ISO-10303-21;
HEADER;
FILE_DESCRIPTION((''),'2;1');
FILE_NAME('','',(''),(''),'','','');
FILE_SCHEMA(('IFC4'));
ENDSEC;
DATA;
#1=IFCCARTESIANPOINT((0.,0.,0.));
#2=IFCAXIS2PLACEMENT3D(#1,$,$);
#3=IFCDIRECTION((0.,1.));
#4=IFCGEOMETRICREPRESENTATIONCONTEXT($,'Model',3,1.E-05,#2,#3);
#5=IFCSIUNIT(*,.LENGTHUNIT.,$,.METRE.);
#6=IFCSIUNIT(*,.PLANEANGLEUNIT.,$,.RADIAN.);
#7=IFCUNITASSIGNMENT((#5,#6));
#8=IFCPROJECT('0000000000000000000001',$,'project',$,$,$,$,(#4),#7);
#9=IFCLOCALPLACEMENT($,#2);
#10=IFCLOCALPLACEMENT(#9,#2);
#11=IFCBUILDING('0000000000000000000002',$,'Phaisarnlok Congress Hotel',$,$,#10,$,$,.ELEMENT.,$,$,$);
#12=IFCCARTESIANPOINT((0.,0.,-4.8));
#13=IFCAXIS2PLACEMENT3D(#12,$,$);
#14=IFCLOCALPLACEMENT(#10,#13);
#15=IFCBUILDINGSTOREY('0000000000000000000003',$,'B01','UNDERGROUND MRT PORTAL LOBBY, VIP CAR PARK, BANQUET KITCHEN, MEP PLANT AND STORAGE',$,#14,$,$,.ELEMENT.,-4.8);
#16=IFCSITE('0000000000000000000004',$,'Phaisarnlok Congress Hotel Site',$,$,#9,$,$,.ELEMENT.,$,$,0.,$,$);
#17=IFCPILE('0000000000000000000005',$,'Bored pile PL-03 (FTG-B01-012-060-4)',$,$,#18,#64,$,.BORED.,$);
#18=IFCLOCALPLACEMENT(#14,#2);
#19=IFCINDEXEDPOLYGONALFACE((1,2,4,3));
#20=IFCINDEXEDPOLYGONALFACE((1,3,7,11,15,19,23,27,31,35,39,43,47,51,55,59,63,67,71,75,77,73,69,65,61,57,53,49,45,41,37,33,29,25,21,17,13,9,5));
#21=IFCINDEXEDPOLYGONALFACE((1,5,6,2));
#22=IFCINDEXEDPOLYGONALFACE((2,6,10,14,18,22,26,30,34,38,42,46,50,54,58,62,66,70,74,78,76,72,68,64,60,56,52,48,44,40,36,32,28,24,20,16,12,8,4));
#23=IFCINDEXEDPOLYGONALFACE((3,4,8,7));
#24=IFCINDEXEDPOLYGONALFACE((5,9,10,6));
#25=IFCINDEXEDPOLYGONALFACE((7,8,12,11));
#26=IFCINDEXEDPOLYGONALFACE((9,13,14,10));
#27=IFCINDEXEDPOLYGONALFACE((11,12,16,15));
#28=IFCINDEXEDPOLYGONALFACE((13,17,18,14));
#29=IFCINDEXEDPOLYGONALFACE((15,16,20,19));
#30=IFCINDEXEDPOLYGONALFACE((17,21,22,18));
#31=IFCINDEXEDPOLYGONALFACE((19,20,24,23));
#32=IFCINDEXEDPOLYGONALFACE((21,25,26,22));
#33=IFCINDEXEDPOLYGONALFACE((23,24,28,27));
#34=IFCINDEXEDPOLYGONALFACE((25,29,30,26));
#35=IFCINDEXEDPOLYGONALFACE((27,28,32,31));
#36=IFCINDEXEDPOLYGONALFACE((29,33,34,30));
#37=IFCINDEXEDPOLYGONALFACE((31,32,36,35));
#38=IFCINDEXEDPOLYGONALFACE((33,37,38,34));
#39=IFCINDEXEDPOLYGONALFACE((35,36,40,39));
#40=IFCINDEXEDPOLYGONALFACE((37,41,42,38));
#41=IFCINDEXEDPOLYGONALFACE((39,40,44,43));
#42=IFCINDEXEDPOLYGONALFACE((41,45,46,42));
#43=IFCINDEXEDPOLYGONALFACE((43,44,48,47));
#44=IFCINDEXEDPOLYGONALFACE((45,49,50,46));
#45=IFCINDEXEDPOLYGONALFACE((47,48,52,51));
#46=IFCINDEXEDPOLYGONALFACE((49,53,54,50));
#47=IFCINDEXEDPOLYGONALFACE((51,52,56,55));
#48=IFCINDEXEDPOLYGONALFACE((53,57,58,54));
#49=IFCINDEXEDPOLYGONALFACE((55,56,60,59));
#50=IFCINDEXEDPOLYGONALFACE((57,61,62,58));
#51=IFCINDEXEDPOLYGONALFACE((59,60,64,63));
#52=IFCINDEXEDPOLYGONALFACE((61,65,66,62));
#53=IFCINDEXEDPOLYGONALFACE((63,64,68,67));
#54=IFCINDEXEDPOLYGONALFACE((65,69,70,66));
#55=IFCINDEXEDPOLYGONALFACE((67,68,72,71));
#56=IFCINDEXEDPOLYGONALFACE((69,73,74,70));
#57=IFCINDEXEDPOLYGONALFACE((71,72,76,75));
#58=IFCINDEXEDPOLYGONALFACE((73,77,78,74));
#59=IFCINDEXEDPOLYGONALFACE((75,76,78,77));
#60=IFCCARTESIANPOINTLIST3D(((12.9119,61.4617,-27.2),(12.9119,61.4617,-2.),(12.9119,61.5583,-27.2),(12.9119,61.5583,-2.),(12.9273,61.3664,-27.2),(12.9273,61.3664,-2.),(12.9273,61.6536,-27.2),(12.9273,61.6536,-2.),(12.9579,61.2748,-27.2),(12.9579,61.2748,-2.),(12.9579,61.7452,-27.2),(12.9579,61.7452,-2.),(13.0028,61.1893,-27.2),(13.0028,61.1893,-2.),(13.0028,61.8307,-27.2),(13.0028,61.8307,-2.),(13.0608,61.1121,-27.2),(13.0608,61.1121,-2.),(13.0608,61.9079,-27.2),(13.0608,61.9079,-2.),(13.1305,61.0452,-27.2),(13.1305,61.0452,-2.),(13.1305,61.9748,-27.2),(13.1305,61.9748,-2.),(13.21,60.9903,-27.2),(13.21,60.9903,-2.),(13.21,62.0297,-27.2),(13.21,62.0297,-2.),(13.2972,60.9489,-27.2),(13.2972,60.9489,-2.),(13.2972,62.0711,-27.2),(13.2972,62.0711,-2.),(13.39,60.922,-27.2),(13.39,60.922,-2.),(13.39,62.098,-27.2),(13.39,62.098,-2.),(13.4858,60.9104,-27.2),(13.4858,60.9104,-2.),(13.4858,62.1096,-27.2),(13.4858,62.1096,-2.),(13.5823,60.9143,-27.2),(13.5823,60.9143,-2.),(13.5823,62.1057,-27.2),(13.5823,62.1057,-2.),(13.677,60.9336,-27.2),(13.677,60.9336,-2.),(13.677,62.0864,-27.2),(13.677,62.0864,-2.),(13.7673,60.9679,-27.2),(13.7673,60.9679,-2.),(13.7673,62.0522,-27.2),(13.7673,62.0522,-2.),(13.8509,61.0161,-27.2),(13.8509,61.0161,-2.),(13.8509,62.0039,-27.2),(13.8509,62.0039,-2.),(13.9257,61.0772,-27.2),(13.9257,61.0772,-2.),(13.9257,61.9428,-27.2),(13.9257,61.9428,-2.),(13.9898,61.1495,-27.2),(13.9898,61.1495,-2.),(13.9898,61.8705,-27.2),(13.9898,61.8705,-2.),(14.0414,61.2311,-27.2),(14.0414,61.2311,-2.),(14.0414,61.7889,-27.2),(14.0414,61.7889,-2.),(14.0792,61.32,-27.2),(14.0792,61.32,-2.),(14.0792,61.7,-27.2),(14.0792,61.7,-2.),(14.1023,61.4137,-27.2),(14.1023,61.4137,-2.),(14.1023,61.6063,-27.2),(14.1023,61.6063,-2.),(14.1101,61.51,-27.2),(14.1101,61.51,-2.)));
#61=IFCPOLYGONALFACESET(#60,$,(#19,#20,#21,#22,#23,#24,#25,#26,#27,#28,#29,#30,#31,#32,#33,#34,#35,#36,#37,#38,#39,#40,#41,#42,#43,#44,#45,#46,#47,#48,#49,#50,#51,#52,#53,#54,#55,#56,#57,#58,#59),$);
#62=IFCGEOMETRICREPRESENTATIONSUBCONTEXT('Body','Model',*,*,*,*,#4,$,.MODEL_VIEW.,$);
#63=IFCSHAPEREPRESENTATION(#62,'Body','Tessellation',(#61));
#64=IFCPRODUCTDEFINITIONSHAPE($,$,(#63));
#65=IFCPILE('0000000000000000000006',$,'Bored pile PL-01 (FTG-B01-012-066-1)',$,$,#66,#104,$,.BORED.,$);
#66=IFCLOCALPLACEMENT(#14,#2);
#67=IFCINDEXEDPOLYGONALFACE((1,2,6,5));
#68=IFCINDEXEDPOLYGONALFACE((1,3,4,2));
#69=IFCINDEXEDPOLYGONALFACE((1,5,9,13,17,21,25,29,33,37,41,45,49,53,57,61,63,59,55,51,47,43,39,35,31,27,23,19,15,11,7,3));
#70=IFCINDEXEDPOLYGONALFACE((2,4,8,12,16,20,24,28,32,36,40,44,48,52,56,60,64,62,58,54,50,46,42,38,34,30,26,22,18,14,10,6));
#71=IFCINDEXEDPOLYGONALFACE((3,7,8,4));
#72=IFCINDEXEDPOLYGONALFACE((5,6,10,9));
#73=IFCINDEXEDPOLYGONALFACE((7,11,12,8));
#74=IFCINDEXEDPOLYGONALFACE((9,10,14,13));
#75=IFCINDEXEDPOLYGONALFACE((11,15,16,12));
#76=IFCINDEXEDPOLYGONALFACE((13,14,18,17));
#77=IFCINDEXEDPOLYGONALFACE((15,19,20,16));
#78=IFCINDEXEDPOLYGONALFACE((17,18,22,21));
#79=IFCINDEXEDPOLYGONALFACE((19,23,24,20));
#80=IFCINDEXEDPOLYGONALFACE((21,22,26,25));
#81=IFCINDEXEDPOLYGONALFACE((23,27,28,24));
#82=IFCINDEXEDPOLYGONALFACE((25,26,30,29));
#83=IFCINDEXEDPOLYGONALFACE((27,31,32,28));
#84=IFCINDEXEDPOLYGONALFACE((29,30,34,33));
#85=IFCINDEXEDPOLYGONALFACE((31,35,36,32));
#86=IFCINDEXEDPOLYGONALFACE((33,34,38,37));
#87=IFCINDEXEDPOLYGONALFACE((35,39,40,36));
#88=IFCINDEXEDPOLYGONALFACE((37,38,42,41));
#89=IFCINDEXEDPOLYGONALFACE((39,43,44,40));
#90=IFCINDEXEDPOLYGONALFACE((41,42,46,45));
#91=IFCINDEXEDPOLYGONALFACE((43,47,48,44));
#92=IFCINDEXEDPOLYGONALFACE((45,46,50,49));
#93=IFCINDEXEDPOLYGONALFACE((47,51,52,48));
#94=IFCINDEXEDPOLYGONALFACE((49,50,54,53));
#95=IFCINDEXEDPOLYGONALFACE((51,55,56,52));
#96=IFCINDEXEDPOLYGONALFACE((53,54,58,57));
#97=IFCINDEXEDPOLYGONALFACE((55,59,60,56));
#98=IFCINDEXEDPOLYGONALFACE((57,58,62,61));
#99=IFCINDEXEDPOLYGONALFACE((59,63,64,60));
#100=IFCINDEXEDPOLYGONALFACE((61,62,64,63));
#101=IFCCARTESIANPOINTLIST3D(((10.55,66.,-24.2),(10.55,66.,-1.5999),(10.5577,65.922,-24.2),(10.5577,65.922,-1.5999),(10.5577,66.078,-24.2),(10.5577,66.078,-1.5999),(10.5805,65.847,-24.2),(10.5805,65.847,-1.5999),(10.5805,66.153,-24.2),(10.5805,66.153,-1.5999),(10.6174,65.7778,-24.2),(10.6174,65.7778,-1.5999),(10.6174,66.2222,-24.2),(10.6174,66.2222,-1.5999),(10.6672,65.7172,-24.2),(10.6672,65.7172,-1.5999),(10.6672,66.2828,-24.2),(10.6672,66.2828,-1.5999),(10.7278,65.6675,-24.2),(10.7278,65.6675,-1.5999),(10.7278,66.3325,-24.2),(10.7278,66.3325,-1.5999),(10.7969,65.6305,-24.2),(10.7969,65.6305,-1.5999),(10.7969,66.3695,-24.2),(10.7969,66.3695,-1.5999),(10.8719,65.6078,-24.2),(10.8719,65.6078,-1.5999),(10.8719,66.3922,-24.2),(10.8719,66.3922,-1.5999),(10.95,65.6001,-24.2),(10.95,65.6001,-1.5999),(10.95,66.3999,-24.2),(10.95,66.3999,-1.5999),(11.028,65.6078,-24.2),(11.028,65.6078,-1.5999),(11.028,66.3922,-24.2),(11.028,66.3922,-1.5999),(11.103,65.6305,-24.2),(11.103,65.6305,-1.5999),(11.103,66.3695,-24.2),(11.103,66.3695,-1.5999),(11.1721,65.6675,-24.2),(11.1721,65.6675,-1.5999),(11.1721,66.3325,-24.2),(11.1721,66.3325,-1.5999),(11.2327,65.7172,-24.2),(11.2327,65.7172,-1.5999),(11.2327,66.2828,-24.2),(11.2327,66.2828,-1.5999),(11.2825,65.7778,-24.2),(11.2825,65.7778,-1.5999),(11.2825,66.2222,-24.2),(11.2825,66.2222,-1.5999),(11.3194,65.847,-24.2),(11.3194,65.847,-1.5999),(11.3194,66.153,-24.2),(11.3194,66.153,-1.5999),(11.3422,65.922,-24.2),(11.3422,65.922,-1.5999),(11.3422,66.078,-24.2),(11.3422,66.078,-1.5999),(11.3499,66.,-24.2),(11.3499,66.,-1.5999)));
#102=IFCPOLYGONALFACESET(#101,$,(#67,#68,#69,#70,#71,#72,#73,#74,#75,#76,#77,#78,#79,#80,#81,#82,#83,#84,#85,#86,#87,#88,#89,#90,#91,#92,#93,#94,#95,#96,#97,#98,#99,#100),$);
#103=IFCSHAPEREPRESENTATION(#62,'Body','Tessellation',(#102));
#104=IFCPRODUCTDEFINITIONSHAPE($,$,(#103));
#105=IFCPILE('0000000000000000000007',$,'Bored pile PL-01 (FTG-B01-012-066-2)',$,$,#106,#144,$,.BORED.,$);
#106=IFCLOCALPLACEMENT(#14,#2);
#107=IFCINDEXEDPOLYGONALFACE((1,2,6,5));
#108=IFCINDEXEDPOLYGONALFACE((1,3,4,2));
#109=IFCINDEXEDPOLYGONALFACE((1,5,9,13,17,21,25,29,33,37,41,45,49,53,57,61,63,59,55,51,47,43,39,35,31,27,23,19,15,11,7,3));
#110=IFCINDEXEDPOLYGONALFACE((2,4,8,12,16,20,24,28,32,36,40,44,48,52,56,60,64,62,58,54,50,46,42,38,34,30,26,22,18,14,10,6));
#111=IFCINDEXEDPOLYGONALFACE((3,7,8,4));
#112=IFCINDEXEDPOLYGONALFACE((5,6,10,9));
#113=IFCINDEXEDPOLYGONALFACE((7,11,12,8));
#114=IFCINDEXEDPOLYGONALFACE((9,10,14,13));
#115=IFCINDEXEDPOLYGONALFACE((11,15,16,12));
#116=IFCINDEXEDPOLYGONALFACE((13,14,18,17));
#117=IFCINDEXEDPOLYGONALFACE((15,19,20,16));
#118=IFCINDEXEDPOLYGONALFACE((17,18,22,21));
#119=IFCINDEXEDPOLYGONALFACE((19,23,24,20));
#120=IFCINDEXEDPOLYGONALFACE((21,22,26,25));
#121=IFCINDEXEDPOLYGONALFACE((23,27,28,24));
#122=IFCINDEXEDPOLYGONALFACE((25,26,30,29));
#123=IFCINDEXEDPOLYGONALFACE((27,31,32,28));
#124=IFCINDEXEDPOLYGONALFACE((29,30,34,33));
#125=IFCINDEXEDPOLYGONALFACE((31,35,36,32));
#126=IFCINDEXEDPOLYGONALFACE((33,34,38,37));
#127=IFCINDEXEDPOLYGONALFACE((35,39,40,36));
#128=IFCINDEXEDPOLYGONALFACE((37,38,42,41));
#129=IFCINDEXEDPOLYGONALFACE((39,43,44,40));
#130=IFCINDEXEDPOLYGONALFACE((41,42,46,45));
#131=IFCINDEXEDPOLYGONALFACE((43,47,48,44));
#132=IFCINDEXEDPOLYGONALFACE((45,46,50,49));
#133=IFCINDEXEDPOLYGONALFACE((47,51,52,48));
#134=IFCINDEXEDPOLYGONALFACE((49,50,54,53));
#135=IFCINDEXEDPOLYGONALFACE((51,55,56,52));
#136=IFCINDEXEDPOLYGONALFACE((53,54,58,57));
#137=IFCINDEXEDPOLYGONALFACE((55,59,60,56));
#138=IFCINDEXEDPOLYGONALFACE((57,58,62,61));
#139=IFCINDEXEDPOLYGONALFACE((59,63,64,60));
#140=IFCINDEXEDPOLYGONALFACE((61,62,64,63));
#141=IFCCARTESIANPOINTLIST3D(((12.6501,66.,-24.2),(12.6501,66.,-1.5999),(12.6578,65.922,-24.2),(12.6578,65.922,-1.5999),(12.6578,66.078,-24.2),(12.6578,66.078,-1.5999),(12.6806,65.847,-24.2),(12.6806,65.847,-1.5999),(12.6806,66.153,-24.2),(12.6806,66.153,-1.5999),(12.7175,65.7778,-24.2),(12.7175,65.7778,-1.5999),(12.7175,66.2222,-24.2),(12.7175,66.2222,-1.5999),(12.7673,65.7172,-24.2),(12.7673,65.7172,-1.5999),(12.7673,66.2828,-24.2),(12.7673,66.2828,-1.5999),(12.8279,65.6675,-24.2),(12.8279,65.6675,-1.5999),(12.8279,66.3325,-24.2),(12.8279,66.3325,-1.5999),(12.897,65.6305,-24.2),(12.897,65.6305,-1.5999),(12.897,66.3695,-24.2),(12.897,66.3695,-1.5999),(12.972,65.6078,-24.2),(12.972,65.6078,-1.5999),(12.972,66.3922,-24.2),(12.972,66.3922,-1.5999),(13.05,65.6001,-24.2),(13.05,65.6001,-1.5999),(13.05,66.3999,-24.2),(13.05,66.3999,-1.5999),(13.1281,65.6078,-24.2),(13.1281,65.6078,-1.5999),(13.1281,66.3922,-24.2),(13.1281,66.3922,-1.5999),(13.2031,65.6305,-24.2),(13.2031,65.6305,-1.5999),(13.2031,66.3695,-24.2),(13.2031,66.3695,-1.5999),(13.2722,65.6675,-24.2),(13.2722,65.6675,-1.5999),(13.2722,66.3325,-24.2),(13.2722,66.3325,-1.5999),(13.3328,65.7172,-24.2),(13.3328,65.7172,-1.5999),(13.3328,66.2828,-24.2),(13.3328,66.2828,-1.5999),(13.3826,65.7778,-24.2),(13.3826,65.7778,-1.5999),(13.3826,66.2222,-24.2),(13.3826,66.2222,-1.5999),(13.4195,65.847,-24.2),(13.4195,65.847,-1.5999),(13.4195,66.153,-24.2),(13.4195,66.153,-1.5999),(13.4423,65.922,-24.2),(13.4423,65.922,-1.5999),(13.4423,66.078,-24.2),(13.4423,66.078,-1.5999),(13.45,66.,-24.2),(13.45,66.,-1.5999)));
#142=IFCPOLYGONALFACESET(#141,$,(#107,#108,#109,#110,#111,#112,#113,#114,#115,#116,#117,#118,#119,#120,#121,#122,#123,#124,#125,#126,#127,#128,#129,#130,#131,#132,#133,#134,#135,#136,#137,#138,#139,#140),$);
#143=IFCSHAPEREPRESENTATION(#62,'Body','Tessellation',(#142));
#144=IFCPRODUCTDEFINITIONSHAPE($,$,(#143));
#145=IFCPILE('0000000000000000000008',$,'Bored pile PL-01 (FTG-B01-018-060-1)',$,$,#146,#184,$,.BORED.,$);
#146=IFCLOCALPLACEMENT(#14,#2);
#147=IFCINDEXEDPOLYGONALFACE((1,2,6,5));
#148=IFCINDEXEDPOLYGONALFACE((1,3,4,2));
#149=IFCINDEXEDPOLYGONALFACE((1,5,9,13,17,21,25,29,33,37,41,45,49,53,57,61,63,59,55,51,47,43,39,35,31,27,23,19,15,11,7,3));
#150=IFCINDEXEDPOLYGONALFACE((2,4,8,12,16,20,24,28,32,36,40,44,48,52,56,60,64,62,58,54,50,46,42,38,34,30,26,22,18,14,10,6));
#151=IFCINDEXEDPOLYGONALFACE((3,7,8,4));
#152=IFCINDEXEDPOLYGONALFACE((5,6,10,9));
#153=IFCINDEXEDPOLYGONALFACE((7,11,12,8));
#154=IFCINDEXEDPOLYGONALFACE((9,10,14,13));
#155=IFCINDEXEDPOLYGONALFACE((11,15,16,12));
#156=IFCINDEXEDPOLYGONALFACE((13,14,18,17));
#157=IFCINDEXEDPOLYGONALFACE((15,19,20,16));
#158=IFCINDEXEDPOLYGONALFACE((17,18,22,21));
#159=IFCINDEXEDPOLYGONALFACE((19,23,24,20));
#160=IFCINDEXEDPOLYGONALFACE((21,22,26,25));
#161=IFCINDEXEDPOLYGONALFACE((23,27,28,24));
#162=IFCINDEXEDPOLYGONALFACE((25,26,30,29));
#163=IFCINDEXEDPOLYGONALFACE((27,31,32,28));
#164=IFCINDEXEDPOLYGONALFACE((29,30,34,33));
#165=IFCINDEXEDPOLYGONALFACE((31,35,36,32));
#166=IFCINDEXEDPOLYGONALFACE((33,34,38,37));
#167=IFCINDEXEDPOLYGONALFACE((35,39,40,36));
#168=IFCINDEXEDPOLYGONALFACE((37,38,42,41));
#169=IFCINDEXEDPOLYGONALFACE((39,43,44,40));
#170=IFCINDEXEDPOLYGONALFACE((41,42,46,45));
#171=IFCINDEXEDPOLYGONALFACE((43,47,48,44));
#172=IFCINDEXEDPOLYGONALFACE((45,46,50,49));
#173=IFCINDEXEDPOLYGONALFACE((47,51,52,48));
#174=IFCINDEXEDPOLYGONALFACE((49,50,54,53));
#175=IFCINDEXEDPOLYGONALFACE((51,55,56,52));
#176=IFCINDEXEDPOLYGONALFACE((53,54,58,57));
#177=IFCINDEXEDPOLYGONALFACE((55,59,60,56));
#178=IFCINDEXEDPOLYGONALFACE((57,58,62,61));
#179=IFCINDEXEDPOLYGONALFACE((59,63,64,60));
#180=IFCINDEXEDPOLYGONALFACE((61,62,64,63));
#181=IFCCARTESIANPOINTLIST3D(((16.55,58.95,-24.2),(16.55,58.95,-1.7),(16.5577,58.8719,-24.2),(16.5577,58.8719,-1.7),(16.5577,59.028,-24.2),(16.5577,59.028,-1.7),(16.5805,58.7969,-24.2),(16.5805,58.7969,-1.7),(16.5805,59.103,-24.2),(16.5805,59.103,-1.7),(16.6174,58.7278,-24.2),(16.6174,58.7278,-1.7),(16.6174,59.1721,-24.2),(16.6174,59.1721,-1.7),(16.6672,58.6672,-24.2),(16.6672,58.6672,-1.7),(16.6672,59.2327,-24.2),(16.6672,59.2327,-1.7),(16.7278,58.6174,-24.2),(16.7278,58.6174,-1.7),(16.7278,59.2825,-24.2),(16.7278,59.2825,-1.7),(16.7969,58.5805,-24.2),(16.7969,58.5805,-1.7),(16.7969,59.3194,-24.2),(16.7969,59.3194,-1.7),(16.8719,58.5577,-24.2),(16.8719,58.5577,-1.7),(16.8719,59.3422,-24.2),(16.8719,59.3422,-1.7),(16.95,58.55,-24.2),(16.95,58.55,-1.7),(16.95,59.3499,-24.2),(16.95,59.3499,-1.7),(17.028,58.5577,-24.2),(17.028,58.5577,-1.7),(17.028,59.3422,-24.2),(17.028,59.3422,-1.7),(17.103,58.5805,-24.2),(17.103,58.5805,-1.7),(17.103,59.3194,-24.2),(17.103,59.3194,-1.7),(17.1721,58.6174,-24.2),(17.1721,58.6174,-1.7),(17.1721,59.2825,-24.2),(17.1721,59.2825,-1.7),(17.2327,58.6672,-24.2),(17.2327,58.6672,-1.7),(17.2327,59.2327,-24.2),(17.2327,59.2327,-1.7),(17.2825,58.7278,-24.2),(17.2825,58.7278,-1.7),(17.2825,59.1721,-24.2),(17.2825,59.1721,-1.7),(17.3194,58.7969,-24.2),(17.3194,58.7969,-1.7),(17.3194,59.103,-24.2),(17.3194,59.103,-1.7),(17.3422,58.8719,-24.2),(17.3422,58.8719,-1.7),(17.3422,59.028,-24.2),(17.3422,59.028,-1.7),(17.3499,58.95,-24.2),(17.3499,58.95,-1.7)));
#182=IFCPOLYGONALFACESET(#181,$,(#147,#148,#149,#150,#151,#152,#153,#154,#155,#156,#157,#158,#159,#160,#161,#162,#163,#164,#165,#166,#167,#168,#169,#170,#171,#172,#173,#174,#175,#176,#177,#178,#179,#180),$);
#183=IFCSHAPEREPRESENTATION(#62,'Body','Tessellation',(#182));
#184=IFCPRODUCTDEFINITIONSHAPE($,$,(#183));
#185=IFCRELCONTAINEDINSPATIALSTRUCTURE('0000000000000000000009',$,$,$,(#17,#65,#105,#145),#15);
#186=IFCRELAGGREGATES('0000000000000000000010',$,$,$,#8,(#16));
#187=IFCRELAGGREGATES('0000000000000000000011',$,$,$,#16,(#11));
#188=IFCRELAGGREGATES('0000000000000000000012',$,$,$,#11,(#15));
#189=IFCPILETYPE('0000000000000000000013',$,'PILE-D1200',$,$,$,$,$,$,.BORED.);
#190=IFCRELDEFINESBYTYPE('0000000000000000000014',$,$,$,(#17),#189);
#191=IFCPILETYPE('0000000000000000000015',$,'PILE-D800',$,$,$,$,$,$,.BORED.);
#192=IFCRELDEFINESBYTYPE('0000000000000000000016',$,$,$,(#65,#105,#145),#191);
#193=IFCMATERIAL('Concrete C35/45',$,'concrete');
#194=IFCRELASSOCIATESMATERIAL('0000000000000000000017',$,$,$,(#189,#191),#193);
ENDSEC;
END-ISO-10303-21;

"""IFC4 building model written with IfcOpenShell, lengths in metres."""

from ifc_helpers import new_model, si_unit, direction, frame, origin, origin_2d, place, context, subcontext, project, spatial, circle, extrude, material, material_profile, profile_set, type_object, element, save


model = new_model("IFC4")

# Units and contexts
model_context = context("Model", 3, precision=1e-05, world=origin(), true_north=direction((0.0, 1.0)))
body_context = subcontext(model_context, "Body", "Model", "MODEL_VIEW")
ifc_project = project(units=[si_unit("LENGTHUNIT", "METRE"), si_unit("PLANEANGLEUNIT", "RADIAN")], contexts=[model_context])

# Site, building, storey
site_placement = place(None, origin())
site = spatial("IfcSite", under=ifc_project, at=site_placement, Name="Phaisarnlok Congress Hotel Site", CompositionType="ELEMENT", RefElevation=0.0)
building_placement = place(site_placement, origin())
building = spatial("IfcBuilding", under=site, at=building_placement, Name="Phaisarnlok Congress Hotel", CompositionType="ELEMENT")
storey_placement = place(building_placement, frame((0.0, 0.0, -4.8)))
storey = spatial("IfcBuildingStorey", under=building, at=storey_placement, Name="B01", Description="UNDERGROUND MRT PORTAL LOBBY, VIP CAR PARK, BANQUET KITCHEN, MEP PLANT AND STORAGE", CompositionType="ELEMENT", Elevation=-4.8)

# Piles
ifc_material_1 = material(Name="Concrete C35/45", Category="concrete")
ifc_material_profile_1 = material_profile(ifc_material_1, circle(Radius=0.6001, at=origin_2d()), Name="BORED PILE D1200")
ifc_profile_set_1 = profile_set([ifc_material_profile_1], Name="Concrete C35/45")
pile_type_1 = type_object("IfcPileType", Name="PILE-D1200", PredefinedType="BORED", material=ifc_profile_set_1)
for number, where, z_axis, x_axis, name in (
    (1, (13.51, 61.51, -2.0), (0.0, 0.0, -1.0), (1.0, 0.0, 0.0), "Bored pile PL-03 (FTG-B01-012-060-4)"),
):
    element("IfcPile", number, at=place(storey_placement, frame(where, z_axis=z_axis, x_axis=x_axis)), inside=storey, type_object=pile_type_1, Name=name, PredefinedType="BORED", context=body_context, shape_type="SweptSolid", body=[
        extrude(circle(Radius=0.6001, at=origin_2d()), origin(), (0.0, 0.0, 1.0), 25.2),
    ])
ifc_material_profile_2 = material_profile(ifc_material_1, circle(Radius=0.3999, at=origin_2d()), Name="BORED PILE D800")
ifc_profile_set_2 = profile_set([ifc_material_profile_2], Name="Concrete C35/45")
pile_type_2 = type_object("IfcPileType", Name="PILE-D800", PredefinedType="BORED", material=ifc_profile_set_2)
for number, where, z_axis, x_axis, name in (
    (2, (10.95, 66.0, -1.5999), (0.0, 0.0, -1.0), (1.0, 0.0, 0.0), "Bored pile PL-01 (FTG-B01-012-066-1)"),
    (3, (13.05, 66.0, -1.5999), (0.0, 0.0, -1.0), (1.0, 0.0, 0.0), "Bored pile PL-01 (FTG-B01-012-066-2)"),
):
    element("IfcPile", number, at=place(storey_placement, frame(where, z_axis=z_axis, x_axis=x_axis)), inside=storey, type_object=pile_type_2, Name=name, PredefinedType="BORED", context=body_context, shape_type="SweptSolid", body=[
        extrude(circle(Radius=0.3999, at=origin_2d()), origin(), (0.0, 0.0, 1.0), 22.6001),
    ])
for number, where, z_axis, x_axis, name in (
    (4, (16.95, 58.95, -1.7), (0.0, 0.0, -1.0), (1.0, 0.0, 0.0), "Bored pile PL-01 (FTG-B01-018-060-1)"),
):
    element("IfcPile", number, at=place(storey_placement, frame(where, z_axis=z_axis, x_axis=x_axis)), inside=storey, type_object=pile_type_2, Name=name, PredefinedType="BORED", context=body_context, shape_type="SweptSolid", body=[
        extrude(circle(Radius=0.3999, at=origin_2d()), origin(), (0.0, 0.0, 1.0), 22.5),
    ])

save(model, "model.ifc")
